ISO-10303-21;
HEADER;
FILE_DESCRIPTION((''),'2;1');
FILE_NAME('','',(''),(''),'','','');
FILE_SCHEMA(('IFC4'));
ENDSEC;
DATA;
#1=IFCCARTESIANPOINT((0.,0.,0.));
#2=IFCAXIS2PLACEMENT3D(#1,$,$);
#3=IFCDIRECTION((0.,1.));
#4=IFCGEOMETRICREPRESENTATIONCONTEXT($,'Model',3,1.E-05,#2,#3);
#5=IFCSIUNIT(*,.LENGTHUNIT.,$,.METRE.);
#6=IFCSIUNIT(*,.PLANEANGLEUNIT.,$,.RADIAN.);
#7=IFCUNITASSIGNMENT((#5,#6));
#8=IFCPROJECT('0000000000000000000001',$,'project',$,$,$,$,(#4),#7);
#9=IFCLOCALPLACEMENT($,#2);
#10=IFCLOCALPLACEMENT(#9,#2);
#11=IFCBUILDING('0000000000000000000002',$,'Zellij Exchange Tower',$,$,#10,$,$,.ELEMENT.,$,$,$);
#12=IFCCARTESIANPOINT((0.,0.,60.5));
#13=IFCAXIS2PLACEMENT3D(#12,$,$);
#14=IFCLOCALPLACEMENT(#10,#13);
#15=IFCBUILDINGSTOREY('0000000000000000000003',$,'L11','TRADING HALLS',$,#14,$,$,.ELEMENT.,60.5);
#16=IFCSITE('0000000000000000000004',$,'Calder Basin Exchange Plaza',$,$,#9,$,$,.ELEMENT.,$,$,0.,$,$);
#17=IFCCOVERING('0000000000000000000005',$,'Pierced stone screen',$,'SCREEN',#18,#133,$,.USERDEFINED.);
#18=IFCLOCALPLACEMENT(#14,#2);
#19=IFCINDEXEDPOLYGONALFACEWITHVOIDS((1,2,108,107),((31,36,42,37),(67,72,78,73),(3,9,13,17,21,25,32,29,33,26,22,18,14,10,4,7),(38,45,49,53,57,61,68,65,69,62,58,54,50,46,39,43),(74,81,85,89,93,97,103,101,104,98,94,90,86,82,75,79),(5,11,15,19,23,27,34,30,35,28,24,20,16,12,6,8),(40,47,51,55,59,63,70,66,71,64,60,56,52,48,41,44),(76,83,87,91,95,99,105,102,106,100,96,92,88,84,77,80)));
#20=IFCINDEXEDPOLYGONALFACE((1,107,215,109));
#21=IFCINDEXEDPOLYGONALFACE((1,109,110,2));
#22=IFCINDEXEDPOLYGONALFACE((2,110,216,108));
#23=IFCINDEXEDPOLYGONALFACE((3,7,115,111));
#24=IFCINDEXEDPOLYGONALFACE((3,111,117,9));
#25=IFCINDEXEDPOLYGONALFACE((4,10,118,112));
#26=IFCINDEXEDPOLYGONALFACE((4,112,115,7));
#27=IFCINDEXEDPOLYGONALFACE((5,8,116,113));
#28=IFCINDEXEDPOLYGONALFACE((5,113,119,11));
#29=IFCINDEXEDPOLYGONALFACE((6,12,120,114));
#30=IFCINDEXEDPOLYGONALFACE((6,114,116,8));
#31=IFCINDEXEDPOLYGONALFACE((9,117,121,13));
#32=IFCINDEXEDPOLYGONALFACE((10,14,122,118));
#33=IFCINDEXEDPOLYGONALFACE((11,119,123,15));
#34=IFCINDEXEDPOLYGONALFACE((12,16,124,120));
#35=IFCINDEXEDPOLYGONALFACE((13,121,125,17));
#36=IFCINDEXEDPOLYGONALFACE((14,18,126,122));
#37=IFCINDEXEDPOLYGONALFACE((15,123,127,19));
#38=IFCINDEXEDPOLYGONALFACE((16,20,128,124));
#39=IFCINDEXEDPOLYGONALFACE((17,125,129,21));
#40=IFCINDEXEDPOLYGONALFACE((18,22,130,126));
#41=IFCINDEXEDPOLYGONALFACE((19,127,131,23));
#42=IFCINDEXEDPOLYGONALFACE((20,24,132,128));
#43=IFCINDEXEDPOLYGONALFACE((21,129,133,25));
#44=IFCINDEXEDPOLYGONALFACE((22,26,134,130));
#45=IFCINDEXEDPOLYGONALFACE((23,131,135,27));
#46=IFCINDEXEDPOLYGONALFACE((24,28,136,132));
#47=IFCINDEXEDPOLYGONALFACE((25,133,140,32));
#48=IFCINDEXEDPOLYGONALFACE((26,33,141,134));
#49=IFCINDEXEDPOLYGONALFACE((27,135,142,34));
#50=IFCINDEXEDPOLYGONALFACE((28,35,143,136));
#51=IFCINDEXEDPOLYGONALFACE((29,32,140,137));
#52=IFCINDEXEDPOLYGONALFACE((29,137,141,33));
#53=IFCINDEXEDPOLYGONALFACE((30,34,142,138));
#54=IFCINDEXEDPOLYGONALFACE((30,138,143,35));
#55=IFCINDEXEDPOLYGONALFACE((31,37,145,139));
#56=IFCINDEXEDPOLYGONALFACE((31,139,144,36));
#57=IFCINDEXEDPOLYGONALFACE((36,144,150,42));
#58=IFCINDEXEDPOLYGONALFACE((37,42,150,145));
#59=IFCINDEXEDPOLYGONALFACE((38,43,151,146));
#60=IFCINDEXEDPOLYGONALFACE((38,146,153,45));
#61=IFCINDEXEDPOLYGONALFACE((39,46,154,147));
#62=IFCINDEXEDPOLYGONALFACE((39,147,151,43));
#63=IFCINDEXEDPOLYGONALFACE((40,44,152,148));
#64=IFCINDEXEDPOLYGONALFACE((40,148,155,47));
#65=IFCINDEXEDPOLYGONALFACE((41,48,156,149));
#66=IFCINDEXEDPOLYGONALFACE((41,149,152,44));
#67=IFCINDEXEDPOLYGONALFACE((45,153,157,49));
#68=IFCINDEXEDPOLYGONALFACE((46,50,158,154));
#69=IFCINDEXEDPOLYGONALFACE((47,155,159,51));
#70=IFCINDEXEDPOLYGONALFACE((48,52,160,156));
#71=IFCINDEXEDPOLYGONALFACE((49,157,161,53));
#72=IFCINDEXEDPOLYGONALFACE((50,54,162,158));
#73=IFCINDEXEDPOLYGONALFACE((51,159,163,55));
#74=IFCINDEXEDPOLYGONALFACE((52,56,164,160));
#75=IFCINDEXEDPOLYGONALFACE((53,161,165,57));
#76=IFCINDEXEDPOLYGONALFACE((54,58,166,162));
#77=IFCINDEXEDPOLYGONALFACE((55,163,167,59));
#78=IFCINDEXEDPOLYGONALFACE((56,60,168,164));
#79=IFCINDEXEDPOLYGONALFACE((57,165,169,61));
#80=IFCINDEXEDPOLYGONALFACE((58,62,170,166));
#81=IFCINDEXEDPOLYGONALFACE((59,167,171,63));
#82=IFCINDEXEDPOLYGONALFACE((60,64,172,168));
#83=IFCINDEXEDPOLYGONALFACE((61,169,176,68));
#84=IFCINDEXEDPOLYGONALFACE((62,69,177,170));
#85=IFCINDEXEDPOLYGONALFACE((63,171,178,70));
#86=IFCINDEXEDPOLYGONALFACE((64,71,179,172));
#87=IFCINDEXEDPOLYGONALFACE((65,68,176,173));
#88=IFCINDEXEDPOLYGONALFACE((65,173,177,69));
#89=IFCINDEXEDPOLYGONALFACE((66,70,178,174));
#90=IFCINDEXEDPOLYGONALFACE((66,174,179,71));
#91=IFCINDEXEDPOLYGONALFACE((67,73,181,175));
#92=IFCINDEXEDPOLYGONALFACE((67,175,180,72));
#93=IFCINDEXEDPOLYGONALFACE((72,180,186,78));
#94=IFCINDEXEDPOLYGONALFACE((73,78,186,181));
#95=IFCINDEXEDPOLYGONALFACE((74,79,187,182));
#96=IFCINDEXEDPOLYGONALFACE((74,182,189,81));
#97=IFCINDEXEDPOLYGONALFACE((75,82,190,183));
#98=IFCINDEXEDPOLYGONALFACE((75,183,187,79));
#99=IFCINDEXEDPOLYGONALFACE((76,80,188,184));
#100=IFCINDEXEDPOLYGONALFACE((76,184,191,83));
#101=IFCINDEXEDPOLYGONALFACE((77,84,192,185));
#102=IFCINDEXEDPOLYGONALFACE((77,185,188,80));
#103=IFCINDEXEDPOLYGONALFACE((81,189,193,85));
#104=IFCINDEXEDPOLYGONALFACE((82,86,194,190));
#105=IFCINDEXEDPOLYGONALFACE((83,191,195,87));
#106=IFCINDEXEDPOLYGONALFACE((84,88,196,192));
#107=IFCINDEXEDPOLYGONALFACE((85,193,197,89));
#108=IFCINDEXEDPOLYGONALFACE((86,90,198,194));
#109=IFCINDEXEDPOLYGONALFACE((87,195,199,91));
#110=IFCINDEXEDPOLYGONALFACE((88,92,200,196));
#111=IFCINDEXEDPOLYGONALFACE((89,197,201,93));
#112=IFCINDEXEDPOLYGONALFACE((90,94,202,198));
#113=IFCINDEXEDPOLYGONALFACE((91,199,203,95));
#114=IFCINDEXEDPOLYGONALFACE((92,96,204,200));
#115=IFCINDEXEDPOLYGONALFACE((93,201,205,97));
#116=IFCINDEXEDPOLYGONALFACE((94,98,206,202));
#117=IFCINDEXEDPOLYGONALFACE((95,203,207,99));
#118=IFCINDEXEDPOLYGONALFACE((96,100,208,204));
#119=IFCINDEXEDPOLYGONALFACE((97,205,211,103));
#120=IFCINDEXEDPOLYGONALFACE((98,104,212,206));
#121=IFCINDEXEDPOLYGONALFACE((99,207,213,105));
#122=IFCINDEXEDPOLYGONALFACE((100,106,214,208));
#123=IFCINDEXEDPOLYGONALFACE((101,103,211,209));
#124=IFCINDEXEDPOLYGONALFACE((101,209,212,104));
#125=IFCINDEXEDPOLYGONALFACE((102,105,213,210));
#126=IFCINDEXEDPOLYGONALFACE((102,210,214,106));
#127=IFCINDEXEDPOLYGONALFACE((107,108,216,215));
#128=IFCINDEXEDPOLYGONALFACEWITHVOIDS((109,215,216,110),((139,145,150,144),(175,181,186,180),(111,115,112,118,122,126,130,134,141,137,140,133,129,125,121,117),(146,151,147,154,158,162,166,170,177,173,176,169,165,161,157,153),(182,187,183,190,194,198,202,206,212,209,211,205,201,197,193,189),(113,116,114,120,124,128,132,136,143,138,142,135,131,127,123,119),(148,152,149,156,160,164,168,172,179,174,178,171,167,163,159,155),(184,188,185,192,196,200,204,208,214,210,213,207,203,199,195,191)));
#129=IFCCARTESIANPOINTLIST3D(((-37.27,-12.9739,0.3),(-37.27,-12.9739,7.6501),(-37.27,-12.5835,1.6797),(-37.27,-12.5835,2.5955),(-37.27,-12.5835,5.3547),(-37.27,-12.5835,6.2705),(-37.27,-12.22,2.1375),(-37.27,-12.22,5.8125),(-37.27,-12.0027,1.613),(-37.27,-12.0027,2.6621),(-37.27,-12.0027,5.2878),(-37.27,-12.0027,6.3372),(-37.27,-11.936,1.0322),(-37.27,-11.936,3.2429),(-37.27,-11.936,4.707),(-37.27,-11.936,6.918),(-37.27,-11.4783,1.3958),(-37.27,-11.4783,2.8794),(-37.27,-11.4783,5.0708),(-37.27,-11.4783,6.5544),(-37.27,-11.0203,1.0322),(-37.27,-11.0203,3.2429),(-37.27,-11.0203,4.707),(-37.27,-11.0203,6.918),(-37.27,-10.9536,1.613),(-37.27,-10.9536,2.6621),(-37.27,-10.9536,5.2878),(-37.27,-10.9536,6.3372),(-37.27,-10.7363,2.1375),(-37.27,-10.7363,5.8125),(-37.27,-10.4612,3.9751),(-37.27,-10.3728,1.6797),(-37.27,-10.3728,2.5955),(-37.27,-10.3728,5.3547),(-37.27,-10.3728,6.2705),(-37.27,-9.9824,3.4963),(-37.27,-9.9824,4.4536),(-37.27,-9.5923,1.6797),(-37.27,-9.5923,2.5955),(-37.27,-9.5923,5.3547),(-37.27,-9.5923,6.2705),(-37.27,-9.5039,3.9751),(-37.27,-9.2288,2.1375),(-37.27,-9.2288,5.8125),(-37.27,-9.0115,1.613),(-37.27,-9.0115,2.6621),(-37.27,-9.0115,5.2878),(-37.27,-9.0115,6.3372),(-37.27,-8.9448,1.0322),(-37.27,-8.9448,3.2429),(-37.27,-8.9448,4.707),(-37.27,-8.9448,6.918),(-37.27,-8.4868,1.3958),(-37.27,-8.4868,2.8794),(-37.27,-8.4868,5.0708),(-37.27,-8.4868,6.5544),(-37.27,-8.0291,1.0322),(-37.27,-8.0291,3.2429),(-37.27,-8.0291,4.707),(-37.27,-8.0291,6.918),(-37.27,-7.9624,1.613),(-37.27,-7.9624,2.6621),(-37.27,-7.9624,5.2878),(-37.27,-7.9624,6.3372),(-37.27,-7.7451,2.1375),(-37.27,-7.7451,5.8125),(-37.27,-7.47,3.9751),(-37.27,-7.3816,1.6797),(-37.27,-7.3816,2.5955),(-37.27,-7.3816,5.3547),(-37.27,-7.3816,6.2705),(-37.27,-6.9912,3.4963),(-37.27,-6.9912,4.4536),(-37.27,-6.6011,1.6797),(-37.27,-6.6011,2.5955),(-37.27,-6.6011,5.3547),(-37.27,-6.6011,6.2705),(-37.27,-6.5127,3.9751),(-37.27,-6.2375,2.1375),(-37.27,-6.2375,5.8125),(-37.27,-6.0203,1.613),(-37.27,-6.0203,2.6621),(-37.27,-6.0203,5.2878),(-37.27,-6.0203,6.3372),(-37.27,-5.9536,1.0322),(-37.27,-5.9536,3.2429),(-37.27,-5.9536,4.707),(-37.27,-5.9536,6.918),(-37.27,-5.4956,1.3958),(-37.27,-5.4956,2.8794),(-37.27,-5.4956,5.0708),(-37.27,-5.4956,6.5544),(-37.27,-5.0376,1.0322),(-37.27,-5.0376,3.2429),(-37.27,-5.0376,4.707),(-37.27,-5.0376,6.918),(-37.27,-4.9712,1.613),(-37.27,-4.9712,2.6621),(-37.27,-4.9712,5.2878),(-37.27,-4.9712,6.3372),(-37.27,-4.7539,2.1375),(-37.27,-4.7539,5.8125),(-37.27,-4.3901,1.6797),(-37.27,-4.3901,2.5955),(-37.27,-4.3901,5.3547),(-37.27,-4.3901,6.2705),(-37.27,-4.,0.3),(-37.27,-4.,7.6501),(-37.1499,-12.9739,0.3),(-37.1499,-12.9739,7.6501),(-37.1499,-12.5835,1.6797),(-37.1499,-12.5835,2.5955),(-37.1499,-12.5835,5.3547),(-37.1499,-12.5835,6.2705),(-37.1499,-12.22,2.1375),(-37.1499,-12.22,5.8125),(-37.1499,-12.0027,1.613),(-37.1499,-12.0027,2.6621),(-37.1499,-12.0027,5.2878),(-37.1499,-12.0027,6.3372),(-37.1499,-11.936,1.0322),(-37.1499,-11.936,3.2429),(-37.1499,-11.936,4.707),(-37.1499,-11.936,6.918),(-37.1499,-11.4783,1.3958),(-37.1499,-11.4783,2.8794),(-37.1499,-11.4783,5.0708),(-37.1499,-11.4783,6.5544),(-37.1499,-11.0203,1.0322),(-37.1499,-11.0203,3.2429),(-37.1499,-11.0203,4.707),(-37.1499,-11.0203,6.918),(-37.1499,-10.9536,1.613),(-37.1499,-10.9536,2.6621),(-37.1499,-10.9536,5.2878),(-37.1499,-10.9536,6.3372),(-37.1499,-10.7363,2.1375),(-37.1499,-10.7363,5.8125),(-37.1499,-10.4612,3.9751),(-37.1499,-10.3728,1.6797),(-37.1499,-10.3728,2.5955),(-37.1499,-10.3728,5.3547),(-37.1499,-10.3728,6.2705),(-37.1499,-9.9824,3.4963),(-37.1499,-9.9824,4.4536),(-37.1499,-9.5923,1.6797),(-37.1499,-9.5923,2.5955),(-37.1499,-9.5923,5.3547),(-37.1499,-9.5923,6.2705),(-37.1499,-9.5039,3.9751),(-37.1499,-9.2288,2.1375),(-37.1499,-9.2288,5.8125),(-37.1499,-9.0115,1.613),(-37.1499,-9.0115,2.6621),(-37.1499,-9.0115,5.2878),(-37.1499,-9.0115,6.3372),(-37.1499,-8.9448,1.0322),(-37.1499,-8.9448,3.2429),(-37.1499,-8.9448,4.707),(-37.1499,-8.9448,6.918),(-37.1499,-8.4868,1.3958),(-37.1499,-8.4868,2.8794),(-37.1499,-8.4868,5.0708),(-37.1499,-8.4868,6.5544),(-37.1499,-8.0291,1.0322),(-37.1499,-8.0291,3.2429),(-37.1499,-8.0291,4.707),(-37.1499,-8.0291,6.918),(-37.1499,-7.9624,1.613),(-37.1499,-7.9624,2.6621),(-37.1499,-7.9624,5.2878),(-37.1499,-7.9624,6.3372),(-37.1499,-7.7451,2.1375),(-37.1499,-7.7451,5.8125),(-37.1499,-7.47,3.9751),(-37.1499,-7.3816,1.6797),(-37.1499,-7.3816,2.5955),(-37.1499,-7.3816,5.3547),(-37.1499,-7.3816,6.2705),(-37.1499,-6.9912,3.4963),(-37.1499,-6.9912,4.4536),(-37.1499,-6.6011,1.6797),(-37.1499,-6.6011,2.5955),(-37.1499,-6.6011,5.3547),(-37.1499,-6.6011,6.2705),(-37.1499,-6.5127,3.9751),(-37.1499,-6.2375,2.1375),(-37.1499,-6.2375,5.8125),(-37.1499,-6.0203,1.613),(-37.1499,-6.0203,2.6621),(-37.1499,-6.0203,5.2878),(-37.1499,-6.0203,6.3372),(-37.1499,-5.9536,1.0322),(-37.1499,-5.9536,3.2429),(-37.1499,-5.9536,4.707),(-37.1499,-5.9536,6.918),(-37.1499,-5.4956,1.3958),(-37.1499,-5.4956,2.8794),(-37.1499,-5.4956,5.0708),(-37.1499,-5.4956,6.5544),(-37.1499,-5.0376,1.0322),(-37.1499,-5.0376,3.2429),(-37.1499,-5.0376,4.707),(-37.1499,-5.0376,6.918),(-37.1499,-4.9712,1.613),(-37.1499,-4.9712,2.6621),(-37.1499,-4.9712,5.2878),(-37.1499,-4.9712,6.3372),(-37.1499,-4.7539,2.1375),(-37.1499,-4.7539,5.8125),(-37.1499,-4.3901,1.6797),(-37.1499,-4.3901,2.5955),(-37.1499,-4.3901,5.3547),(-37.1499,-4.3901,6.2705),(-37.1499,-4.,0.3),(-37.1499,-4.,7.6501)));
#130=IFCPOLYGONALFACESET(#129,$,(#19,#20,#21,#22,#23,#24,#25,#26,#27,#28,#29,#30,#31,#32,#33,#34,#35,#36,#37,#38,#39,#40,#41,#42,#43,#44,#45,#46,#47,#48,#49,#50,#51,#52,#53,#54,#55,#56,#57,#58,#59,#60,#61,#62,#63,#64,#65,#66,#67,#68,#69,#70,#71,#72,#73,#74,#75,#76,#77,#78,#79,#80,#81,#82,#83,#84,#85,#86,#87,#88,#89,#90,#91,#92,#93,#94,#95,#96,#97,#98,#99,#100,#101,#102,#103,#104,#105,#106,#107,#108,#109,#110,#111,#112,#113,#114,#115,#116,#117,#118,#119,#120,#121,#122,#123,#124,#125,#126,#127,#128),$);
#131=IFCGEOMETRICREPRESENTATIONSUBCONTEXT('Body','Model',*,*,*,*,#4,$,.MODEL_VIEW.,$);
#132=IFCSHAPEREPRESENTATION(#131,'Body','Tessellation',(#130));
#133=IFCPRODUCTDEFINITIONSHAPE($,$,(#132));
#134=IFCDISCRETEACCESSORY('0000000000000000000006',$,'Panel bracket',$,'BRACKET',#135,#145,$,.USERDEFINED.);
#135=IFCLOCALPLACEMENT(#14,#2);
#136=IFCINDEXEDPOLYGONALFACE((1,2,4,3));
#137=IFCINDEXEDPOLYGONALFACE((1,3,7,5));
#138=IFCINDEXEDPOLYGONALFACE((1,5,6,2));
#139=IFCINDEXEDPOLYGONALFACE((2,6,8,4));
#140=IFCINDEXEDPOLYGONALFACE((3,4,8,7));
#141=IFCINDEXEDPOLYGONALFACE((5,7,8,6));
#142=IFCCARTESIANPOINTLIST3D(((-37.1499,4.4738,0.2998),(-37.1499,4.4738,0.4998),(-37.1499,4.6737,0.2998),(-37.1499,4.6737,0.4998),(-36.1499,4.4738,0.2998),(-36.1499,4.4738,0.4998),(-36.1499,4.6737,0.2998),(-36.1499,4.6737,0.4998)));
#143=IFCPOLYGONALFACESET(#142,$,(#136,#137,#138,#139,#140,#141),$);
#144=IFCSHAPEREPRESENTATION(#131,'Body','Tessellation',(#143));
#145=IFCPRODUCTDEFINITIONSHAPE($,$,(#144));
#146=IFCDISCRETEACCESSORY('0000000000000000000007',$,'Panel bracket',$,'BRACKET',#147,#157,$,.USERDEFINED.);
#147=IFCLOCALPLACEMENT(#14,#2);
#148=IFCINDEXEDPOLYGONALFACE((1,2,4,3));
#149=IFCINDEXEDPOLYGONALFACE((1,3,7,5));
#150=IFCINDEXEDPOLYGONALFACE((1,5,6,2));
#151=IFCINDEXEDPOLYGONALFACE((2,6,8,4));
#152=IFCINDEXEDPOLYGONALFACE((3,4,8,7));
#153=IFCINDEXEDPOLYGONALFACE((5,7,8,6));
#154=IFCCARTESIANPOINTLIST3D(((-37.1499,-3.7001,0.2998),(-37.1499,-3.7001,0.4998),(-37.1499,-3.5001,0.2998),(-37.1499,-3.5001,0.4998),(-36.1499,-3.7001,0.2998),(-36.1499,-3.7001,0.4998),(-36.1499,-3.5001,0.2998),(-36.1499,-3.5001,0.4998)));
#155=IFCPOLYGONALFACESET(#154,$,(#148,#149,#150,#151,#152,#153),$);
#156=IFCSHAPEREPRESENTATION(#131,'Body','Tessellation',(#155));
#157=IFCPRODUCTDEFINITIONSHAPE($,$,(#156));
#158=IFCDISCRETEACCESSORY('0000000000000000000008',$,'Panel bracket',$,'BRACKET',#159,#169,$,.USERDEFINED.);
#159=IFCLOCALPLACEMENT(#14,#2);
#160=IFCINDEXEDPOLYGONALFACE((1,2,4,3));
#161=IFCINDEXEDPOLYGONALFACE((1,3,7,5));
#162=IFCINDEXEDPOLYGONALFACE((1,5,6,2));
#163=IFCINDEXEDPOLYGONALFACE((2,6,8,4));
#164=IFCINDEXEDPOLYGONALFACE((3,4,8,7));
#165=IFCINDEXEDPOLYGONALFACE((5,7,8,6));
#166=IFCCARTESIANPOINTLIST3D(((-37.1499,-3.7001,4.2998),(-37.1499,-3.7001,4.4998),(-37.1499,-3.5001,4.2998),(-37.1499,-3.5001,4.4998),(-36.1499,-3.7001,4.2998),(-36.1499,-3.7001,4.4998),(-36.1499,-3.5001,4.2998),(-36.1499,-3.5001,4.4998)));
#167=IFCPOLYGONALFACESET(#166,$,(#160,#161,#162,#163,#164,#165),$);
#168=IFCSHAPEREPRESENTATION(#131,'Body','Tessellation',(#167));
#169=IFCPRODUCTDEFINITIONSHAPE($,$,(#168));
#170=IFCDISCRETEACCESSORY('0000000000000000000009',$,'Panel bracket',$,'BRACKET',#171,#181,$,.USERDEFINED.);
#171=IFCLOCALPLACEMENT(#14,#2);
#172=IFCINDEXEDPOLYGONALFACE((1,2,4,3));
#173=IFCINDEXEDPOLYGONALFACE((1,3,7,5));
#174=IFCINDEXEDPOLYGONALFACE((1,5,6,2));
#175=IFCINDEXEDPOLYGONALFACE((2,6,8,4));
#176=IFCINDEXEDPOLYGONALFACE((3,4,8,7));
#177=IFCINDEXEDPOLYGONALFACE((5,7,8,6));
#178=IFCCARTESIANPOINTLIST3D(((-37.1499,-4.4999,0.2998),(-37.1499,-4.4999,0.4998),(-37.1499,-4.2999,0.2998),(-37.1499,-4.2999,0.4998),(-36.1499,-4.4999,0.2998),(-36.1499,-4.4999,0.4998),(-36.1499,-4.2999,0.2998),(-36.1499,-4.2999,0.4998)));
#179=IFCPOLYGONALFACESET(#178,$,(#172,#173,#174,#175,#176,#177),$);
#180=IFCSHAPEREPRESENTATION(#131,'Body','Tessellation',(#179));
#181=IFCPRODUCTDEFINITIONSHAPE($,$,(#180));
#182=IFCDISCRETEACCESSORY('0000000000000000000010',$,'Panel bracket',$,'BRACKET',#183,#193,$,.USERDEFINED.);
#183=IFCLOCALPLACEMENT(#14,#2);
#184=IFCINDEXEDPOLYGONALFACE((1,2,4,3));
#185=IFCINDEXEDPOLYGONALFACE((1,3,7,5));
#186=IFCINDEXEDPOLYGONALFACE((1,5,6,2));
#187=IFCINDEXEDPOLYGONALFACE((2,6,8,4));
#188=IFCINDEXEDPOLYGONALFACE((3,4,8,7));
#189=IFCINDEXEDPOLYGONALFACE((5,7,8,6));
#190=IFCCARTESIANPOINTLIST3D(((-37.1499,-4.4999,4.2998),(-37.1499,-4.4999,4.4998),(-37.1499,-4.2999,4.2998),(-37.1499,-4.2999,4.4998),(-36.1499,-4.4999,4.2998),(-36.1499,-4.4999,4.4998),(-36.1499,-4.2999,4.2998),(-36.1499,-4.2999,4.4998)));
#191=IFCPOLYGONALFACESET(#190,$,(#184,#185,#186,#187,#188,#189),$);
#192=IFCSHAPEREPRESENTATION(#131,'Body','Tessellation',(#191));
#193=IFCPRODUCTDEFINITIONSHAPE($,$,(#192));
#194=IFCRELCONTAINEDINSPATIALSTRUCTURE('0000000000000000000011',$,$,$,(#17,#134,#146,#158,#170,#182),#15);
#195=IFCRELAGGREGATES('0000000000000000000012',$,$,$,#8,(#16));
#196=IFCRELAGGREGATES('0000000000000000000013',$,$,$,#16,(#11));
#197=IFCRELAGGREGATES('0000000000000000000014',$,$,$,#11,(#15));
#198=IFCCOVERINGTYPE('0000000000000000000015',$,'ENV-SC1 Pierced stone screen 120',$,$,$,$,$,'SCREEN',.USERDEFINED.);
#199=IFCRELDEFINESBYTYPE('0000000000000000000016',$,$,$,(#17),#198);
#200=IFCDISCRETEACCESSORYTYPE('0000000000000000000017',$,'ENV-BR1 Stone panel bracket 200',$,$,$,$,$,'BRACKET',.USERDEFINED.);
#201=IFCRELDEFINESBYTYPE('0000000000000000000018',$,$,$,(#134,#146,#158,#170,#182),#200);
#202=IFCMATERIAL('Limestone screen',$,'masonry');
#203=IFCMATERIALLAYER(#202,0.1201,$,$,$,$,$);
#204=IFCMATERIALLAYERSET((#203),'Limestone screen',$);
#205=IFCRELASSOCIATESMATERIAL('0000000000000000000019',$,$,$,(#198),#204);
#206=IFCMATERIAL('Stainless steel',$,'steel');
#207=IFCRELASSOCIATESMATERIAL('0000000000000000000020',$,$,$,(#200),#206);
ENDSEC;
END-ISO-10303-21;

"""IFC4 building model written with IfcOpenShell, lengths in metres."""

from ifc_helpers import new_model, si_unit, direction, frame, origin, origin_2d, place, context, subcontext, project, spatial, polyline, rectangle, outline, extrude, material, layer, layer_set, type_object, element, save


model = new_model("IFC4")

# Units and contexts
model_context = context("Model", 3, precision=1e-05, world=origin(), true_north=direction((0.0, 1.0)))
body_context = subcontext(model_context, "Body", "Model", "MODEL_VIEW")
ifc_project = project(units=[si_unit("LENGTHUNIT", "METRE"), si_unit("PLANEANGLEUNIT", "RADIAN")], contexts=[model_context])

# Site, building, storey
site_placement = place(None, origin())
site = spatial("IfcSite", under=ifc_project, at=site_placement, Name="Calder Basin Exchange Plaza", CompositionType="ELEMENT", RefElevation=0.0)
building_placement = place(site_placement, origin())
building = spatial("IfcBuilding", under=site, at=building_placement, Name="Zellij Exchange Tower", CompositionType="ELEMENT")
storey_placement = place(building_placement, frame((0.0, 0.0, 60.5)))
storey = spatial("IfcBuildingStorey", under=building, at=storey_placement, Name="L11", Description="TRADING HALLS", CompositionType="ELEMENT", Elevation=60.5)

# Covering
ifc_material_1 = material(Name="Limestone screen", Category="masonry")
ifc_layer_1 = layer(ifc_material_1, 0.1201)
ifc_layer_set_1 = layer_set([ifc_layer_1], Name="Limestone screen")
covering_type = type_object("IfcCoveringType", Name="ENV-SC1 Pierced stone screen 120", ElementType="SCREEN", PredefinedType="USERDEFINED", material=ifc_layer_set_1)
covering_placement = place(storey_placement, frame((-37.21, -4.0, 0.3), z_axis=(0.0, 0.0, 1.0), x_axis=(0.0, -1.0, 0.0)))
element("IfcCovering", 1, at=covering_placement, inside=storey, type_object=covering_type, Name="Pierced stone screen", ObjectType="SCREEN", PredefinedType="USERDEFINED", context=body_context, shape_type="SweptSolid", body=[
    extrude(outline(polyline([(0.0, 0.0), (8.9739, 0.0), (8.9739, 7.3501), (0.0, 7.3501), (0.0, 0.0)]), holes=[polyline([(2.6011, 2.2954), (2.0203, 2.3621), (1.9536, 2.9429), (1.4956, 2.5793), (1.0376, 2.9429), (0.9712, 2.3621), (0.3901, 2.2954), (0.7539, 1.8374), (0.3901, 1.3796), (0.9712, 1.313), (1.0376, 0.7322), (1.4956, 1.0957), (1.9536, 0.7322), (2.0203, 1.313), (2.6011, 1.3796), (2.2375, 1.8374), (2.6011, 2.2954)]), polyline([(2.6011, 5.9705), (2.0203, 6.0371), (1.9536, 6.6179), (1.4956, 6.2544), (1.0376, 6.6179), (0.9712, 6.0371), (0.3901, 5.9705), (0.7539, 5.5125), (0.3901, 5.0547), (0.9712, 4.9878), (1.0376, 4.407), (1.4956, 4.7708), (1.9536, 4.407), (2.0203, 4.9878), (2.6011, 5.0547), (2.2375, 5.5125), (2.6011, 5.9705)]), polyline([(5.5923, 2.2954), (5.0115, 2.3621), (4.9448, 2.9429), (4.4868, 2.5793), (4.0291, 2.9429), (3.9624, 2.3621), (3.3816, 2.2954), (3.7451, 1.8374), (3.3816, 1.3796), (3.9624, 1.313), (4.0291, 0.7322), (4.4868, 1.0957), (4.9448, 0.7322), (5.0115, 1.313), (5.5923, 1.3796), (5.2288, 1.8374), (5.5923, 2.2954)]), polyline([(5.5923, 5.9705), (5.0115, 6.0371), (4.9448, 6.6179), (4.4868, 6.2544), (4.0291, 6.6179), (3.9624, 6.0371), (3.3816, 5.9705), (3.7451, 5.5125), (3.3816, 5.0547), (3.9624, 4.9878), (4.0291, 4.407), (4.4868, 4.7708), (4.9448, 4.407), (5.0115, 4.9878), (5.5923, 5.0547), (5.2288, 5.5125), (5.5923, 5.9705)]), polyline([(8.5835, 2.2954), (8.0027, 2.3621), (7.936, 2.9429), (7.4783, 2.5793), (7.0203, 2.9429), (6.9536, 2.3621), (6.3728, 2.2954), (6.7363, 1.8374), (6.3728, 1.3796), (6.9536, 1.313), (7.0203, 0.7322), (7.4783, 1.0957), (7.936, 0.7322), (8.0027, 1.313), (8.5835, 1.3796), (8.22, 1.8374), (8.5835, 2.2954)]), polyline([(8.5835, 5.9705), (8.0027, 6.0371), (7.936, 6.6179), (7.4783, 6.2544), (7.0203, 6.6179), (6.9536, 6.0371), (6.3728, 5.9705), (6.7363, 5.5125), (6.3728, 5.0547), (6.9536, 4.9878), (7.0203, 4.407), (7.4783, 4.7708), (7.936, 4.407), (8.0027, 4.9878), (8.5835, 5.0547), (8.22, 5.5125), (8.5835, 5.9705)]), polyline([(3.47, 3.675), (2.9912, 4.1536), (2.5127, 3.675), (2.9912, 3.1963), (3.47, 3.675)]), polyline([(6.4612, 3.675), (5.9824, 4.1536), (5.5039, 3.675), (5.9824, 3.1963), (6.4612, 3.675)])]), frame((0.0, 0.0601, 0.0), z_axis=(0.0, -1.0, 0.0), x_axis=(1.0, 0.0, 0.0)), (0.0, 0.0, 1.0), 0.1201),
])

# Discrete accessories
ifc_material_2 = material(Name="Stainless steel", Category="steel")
discrete_accessory_type = type_object("IfcDiscreteAccessoryType", Name="ENV-BR1 Stone panel bracket 200", ElementType="BRACKET", PredefinedType="USERDEFINED", material=ifc_material_2)
for number, where, z_axis, x_axis, name in (
    (2, (-36.6499, 4.5737, 0.2998), (0.0, 0.0, 1.0), (0.0, -1.0, 0.0), "Panel bracket"),
    (3, (-36.6499, -3.6001, 0.2998), (0.0, 0.0, 1.0), (0.0, -1.0, 0.0), "Panel bracket"),
    (4, (-36.6499, -3.6001, 4.2998), (0.0, 0.0, 1.0), (0.0, -1.0, 0.0), "Panel bracket"),
    (5, (-36.6499, -4.3999, 0.2998), (0.0, 0.0, 1.0), (0.0, -1.0, 0.0), "Panel bracket"),
    (6, (-36.6499, -4.3999, 4.2998), (0.0, 0.0, 1.0), (0.0, -1.0, 0.0), "Panel bracket"),
):
    element("IfcDiscreteAccessory", number, at=place(storey_placement, frame(where, z_axis=z_axis, x_axis=x_axis)), inside=storey, type_object=discrete_accessory_type, Name=name, ObjectType="BRACKET", PredefinedType="USERDEFINED", context=body_context, shape_type="SweptSolid", body=[
        extrude(rectangle(XDim=0.2, YDim=1.0, at=origin_2d()), origin(), (0.0, 0.0, 1.0), 0.2),
    ])

save(model, "model.ifc")
